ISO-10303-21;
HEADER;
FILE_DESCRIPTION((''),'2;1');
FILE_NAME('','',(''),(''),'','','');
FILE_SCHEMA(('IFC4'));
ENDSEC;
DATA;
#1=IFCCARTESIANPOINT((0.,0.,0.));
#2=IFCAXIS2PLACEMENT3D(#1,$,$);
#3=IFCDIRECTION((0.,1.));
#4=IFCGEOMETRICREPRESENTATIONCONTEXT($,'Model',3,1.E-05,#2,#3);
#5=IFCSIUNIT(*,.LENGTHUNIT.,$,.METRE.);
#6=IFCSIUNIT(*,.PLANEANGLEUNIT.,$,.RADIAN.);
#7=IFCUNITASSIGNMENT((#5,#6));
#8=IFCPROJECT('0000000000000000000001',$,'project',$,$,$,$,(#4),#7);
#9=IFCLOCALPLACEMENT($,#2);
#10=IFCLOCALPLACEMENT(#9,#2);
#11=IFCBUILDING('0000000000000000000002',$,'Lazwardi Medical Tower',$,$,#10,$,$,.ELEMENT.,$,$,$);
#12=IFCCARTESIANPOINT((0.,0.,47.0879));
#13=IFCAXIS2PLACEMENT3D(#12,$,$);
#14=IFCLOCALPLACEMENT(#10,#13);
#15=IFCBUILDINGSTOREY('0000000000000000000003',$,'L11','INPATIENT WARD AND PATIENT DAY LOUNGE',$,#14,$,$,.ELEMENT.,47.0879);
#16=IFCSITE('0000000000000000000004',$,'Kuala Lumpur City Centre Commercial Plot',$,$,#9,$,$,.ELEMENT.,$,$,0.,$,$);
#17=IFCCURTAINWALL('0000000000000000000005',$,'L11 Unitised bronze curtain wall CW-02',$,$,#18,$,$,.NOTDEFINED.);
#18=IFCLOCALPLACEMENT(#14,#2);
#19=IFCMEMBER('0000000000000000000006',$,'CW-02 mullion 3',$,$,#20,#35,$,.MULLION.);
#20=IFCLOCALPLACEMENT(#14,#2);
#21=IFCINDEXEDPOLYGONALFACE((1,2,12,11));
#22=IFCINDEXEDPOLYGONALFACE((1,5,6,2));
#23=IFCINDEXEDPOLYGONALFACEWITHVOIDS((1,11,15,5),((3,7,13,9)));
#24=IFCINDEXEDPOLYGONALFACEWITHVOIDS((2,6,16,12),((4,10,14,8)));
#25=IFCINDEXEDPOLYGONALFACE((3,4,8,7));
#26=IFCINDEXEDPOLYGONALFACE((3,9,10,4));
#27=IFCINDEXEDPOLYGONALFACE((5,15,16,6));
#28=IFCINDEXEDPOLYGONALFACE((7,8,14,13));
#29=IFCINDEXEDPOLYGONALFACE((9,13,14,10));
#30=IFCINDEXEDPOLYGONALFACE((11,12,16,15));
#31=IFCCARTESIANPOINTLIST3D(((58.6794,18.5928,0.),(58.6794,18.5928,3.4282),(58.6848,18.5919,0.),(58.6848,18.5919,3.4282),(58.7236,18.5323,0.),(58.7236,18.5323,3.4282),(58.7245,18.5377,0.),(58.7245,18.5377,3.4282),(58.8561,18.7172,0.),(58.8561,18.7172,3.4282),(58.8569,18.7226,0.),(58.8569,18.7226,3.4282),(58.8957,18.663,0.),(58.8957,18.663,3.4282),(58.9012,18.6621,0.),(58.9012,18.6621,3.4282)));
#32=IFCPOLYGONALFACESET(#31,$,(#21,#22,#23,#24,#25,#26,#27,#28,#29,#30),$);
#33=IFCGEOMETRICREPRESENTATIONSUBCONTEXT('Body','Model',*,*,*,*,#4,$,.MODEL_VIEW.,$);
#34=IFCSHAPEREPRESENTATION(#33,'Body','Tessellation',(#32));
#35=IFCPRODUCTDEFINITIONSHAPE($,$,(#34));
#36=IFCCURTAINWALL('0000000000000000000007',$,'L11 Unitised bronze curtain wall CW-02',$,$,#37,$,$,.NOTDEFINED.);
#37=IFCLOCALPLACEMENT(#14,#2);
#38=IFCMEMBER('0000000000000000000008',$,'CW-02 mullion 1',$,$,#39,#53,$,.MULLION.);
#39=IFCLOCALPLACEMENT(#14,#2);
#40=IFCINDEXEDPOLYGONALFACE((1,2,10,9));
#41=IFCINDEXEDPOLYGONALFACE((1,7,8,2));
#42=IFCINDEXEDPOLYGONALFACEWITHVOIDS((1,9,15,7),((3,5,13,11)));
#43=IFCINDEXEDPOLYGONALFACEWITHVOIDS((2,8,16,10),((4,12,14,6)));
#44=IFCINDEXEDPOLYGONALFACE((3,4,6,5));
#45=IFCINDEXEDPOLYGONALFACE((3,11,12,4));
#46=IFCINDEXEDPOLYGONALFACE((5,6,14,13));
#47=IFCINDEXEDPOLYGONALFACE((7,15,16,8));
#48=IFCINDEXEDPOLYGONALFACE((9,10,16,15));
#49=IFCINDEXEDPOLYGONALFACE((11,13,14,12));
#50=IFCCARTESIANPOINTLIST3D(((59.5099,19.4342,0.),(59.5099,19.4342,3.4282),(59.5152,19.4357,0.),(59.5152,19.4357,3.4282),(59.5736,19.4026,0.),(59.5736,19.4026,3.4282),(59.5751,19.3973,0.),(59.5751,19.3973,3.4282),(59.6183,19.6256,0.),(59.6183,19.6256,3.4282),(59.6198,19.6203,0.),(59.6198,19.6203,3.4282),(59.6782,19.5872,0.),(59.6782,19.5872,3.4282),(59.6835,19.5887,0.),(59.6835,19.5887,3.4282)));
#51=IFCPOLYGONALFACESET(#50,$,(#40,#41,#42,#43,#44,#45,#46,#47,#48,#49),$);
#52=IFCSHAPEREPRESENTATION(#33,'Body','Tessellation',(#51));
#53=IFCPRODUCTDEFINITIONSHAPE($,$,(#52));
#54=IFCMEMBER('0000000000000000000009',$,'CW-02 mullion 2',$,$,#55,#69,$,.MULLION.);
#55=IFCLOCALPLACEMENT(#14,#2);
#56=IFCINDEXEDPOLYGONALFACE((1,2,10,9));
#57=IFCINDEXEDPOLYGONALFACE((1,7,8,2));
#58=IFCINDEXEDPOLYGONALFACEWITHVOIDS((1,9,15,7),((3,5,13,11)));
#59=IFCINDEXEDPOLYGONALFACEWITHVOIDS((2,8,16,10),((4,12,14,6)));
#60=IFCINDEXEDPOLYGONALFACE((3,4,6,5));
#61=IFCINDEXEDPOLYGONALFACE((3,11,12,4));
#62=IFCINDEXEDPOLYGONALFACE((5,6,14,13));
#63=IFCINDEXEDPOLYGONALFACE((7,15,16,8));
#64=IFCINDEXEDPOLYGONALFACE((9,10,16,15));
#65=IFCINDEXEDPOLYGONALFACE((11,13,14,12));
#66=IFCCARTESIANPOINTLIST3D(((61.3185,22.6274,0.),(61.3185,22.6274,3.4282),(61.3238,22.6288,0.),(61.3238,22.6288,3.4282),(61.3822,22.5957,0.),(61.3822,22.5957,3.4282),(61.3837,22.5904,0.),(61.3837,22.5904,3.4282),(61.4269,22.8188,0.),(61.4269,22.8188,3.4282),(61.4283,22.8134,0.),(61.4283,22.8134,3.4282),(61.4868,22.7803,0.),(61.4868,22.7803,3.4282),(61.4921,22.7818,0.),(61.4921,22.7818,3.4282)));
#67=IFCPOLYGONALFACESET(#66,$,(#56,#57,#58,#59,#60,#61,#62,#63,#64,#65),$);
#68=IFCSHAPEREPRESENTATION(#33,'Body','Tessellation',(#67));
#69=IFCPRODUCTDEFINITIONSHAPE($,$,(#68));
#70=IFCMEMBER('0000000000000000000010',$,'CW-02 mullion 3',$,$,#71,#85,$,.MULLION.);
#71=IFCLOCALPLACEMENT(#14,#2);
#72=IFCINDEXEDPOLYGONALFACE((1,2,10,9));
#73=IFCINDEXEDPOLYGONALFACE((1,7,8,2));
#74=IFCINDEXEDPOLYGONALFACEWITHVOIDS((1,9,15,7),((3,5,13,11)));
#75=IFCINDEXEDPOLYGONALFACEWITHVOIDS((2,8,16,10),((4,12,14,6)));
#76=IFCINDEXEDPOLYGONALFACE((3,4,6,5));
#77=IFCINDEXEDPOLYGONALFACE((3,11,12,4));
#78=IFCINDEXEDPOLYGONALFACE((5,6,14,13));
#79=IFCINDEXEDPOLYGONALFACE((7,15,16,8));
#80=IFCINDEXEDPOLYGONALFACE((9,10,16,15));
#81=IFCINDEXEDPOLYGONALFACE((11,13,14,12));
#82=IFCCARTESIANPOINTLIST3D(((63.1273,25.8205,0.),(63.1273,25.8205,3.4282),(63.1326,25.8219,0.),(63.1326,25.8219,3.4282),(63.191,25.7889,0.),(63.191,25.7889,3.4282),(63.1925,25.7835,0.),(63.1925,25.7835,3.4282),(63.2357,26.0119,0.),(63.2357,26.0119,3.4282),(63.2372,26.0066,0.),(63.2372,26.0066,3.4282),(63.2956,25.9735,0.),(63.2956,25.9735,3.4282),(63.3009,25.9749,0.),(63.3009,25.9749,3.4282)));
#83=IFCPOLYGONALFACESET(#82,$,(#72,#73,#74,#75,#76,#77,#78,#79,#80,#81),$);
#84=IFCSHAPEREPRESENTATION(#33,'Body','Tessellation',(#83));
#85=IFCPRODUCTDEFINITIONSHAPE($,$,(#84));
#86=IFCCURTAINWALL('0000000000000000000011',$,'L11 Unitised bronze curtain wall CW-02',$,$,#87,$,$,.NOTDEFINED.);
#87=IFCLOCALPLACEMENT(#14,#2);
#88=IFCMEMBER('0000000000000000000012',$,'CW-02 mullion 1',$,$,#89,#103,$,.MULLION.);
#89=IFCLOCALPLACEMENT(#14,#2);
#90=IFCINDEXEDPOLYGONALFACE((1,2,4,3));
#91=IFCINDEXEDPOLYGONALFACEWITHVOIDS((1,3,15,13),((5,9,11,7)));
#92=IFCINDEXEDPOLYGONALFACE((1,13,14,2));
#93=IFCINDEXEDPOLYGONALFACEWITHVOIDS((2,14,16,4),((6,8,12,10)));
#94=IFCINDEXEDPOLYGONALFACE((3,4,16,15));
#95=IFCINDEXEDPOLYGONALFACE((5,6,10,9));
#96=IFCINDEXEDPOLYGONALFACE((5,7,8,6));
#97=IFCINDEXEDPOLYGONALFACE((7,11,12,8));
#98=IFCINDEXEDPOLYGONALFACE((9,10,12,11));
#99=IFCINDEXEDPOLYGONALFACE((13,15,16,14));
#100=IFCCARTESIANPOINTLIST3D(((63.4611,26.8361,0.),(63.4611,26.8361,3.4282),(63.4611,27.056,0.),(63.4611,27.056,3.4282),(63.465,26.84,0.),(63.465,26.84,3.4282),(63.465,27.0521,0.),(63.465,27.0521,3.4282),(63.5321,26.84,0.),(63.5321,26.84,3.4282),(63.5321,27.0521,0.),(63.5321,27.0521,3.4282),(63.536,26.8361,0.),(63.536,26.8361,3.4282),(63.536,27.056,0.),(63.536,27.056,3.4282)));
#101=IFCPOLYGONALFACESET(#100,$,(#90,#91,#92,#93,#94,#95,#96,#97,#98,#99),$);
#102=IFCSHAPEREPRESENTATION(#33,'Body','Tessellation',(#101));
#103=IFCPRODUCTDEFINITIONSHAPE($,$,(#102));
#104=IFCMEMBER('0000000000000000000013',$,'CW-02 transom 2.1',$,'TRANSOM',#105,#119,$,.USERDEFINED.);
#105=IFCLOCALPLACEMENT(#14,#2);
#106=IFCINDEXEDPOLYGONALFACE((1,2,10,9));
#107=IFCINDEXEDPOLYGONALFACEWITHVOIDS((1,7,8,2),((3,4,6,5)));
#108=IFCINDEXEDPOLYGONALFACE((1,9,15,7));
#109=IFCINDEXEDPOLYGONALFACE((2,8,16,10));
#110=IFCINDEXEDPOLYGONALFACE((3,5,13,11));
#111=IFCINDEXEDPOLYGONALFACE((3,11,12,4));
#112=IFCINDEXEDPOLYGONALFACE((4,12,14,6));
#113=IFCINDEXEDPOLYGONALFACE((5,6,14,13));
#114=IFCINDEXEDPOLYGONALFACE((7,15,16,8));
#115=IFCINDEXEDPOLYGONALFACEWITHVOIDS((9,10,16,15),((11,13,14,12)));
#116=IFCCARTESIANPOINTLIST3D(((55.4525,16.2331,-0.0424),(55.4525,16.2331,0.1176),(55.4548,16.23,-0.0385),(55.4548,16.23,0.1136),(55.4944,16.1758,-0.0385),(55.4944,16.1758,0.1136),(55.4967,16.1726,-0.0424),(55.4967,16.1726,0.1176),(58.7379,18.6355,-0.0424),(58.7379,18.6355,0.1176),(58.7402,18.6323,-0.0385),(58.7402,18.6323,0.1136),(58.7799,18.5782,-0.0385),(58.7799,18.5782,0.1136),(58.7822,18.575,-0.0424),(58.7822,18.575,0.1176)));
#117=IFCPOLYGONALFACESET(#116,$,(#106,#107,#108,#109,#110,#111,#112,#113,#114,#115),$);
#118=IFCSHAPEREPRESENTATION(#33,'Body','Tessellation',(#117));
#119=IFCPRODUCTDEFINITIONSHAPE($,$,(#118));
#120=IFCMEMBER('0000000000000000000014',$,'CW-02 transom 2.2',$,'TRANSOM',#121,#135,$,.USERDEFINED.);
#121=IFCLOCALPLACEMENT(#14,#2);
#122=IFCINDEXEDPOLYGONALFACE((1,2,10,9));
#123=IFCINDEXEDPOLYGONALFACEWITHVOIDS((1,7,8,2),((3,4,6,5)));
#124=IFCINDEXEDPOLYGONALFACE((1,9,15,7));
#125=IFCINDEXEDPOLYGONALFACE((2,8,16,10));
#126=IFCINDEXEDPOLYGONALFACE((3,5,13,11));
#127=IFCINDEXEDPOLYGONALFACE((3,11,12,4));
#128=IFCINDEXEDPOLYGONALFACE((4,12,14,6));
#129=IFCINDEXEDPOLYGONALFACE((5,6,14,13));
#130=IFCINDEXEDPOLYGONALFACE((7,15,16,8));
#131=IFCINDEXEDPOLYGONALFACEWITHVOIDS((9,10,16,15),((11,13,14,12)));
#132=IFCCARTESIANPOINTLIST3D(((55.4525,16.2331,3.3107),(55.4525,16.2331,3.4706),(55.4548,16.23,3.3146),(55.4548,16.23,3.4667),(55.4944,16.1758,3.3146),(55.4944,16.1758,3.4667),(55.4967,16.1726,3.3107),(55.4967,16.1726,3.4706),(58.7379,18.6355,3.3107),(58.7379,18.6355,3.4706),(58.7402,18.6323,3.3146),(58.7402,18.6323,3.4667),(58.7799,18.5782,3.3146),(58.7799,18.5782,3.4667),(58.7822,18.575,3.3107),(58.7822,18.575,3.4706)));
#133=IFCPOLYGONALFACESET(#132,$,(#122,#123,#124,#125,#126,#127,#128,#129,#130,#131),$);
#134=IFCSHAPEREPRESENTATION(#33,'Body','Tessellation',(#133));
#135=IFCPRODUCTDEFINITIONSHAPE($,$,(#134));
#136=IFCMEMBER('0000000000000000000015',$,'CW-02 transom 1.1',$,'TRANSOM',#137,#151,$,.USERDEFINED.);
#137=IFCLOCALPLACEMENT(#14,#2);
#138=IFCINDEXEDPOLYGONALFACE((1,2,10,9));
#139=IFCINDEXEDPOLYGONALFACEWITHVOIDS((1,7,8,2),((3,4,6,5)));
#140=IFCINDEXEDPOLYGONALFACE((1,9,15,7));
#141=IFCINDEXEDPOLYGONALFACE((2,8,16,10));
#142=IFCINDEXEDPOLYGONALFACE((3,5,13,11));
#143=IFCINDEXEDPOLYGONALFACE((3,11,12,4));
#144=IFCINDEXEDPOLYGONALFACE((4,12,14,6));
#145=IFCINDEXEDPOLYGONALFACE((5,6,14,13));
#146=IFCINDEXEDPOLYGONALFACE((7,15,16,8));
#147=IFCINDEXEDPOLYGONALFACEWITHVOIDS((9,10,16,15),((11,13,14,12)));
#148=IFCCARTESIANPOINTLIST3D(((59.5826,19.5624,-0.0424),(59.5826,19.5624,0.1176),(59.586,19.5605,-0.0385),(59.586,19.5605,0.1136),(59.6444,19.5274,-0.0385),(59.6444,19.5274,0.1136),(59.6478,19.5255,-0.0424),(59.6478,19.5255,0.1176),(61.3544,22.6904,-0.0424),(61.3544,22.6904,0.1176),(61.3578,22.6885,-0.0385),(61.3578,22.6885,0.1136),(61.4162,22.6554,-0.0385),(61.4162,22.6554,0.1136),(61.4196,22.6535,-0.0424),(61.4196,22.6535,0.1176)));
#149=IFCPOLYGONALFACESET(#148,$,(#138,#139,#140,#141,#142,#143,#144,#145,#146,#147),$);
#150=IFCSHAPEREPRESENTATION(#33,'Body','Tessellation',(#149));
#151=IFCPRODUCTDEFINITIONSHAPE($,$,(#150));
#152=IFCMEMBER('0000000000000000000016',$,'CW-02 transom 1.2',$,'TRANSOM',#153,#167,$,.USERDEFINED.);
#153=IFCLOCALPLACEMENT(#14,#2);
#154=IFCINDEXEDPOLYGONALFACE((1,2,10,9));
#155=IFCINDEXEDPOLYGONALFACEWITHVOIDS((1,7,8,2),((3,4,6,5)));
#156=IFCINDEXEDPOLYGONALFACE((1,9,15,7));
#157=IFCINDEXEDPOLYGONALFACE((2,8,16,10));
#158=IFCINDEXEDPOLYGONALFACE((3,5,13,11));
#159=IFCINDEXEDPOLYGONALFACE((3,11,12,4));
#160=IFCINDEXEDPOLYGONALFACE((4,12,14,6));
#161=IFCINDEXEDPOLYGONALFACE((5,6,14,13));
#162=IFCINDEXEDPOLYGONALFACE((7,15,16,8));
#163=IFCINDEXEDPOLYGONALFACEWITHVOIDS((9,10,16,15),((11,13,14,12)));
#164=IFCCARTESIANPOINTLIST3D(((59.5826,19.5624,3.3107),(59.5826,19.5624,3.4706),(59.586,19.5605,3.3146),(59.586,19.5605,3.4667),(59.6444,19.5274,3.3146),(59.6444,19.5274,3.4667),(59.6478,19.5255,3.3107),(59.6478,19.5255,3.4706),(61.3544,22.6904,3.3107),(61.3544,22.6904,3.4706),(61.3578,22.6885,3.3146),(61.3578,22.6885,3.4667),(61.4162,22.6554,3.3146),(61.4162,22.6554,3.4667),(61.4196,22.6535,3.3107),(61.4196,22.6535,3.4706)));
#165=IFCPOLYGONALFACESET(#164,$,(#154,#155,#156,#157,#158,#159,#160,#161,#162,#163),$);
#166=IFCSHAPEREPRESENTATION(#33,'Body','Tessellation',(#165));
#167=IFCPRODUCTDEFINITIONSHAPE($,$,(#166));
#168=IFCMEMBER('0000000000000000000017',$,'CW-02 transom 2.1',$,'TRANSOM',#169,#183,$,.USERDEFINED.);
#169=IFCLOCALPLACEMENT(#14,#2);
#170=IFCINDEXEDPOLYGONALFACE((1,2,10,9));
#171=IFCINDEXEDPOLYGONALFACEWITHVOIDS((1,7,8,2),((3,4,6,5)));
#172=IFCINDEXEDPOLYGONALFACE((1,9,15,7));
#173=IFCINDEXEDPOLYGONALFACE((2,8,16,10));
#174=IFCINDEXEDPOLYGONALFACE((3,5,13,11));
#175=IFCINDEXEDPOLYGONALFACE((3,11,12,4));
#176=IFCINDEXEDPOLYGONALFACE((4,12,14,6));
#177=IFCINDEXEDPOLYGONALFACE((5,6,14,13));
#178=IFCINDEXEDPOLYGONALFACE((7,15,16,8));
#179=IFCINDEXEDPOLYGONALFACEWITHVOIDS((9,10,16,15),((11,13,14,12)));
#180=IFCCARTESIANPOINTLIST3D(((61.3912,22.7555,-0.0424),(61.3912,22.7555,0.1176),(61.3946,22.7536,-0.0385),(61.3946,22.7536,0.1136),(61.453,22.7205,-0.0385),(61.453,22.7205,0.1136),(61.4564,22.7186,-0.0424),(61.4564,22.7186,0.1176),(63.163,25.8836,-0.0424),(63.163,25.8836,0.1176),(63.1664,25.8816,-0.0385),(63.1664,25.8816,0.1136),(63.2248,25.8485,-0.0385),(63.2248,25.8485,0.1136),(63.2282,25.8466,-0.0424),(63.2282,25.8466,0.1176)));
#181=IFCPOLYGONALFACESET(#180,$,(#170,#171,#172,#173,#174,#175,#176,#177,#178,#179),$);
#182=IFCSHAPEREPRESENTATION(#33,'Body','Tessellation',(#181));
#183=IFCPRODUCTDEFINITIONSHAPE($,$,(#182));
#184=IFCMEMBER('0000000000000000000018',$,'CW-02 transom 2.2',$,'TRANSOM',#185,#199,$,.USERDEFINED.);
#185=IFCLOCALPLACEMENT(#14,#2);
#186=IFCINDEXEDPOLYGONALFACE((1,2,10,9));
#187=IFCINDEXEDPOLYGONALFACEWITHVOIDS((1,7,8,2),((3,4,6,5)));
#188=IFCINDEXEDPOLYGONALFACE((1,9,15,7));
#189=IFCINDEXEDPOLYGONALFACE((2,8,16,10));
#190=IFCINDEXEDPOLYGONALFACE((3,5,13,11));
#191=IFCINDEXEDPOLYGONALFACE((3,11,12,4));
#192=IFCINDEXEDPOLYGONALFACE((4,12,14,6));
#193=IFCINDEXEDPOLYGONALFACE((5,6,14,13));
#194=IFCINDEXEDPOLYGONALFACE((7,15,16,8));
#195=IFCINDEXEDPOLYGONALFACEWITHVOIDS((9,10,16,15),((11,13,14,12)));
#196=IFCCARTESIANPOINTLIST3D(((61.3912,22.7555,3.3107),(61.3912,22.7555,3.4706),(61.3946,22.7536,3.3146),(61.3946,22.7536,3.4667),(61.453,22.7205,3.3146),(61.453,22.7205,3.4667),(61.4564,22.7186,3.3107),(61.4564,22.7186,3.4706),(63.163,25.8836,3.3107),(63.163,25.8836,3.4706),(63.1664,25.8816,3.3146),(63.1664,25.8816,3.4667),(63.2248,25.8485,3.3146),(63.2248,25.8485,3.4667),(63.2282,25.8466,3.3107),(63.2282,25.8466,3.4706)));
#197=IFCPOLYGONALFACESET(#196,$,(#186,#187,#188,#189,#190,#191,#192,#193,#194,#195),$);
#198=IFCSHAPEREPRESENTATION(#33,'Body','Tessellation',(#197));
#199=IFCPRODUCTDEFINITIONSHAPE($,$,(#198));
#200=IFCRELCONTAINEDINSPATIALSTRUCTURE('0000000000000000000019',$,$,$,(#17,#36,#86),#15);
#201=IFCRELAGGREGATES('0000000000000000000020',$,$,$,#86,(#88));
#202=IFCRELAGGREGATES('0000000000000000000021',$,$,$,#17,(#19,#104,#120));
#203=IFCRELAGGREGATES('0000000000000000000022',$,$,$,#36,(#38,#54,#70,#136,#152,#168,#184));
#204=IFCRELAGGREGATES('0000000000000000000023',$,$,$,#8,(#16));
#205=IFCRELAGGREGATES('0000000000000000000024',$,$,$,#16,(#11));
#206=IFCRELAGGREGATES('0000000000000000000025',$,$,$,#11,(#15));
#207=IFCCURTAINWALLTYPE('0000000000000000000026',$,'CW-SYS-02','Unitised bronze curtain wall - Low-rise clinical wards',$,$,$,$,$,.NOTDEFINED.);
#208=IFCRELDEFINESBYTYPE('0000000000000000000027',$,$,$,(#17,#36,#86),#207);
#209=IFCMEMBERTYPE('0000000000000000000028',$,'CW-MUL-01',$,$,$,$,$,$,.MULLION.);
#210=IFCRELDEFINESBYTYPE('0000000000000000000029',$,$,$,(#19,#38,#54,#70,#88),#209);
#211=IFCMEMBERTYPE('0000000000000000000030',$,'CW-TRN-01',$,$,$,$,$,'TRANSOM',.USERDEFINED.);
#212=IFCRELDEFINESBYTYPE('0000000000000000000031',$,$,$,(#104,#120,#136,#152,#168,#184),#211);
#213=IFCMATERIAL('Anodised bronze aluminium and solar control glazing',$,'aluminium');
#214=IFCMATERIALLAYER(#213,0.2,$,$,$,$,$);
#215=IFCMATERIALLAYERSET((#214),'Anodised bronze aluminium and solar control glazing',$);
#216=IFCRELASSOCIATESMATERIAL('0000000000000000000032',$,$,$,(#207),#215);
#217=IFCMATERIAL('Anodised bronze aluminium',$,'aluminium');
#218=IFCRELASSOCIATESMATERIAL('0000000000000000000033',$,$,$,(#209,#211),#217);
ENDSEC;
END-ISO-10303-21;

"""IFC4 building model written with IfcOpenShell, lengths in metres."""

from ifc_helpers import new_model, si_unit, direction, frame, origin, origin_2d, place, context, subcontext, project, spatial, hollow_rectangle, extrude, material, layer, layer_set, material_profile, profile_set, type_object, element, aggregate, save


model = new_model("IFC4")

# Units and contexts
model_context = context("Model", 3, precision=1e-05, world=origin(), true_north=direction((0.0, 1.0)))
body_context = subcontext(model_context, "Body", "Model", "MODEL_VIEW")
ifc_project = project(units=[si_unit("LENGTHUNIT", "METRE"), si_unit("PLANEANGLEUNIT", "RADIAN")], contexts=[model_context])

# Site, building, storey
site_placement = place(None, origin())
site = spatial("IfcSite", under=ifc_project, at=site_placement, Name="Kuala Lumpur City Centre Commercial Plot", CompositionType="ELEMENT", RefElevation=0.0)
building_placement = place(site_placement, origin())
building = spatial("IfcBuilding", under=site, at=building_placement, Name="Lazwardi Medical Tower", CompositionType="ELEMENT")
storey_placement = place(building_placement, frame((0.0, 0.0, 47.0879)))
storey = spatial("IfcBuildingStorey", under=building, at=storey_placement, Name="L11", Description="INPATIENT WARD AND PATIENT DAY LOUNGE", CompositionType="ELEMENT", Elevation=47.0879)

# Curtain wall, member
ifc_material_1 = material(Name="Anodised bronze aluminium and solar control glazing", Category="aluminium")
ifc_layer_1 = layer(ifc_material_1, 0.2)
ifc_layer_set_1 = layer_set([ifc_layer_1], Name="Anodised bronze aluminium and solar control glazing")
curtain_wall_type = type_object("IfcCurtainWallType", Name="CW-SYS-02", Description="Unitised bronze curtain wall - Low-rise clinical wards", PredefinedType="NOTDEFINED", material=ifc_layer_set_1)
curtain_wall_1_placement = place(storey_placement, origin())
curtain_wall_1 = element("IfcCurtainWall", 1, at=curtain_wall_1_placement, inside=storey, type_object=curtain_wall_type, Name="L11 Unitised bronze curtain wall CW-02", PredefinedType="NOTDEFINED")
ifc_material_2 = material(Name="Anodised bronze aluminium", Category="aluminium")
ifc_material_profile_1 = material_profile(ifc_material_2, hollow_rectangle(XDim=0.075, YDim=0.22, WallThickness=0.0039, at=origin_2d()), Name="ALU-MULLION 220x75x4")
ifc_profile_set_1 = profile_set([ifc_material_profile_1], Name="Anodised bronze aluminium")
member_type_1 = type_object("IfcMemberType", Name="CW-MUL-01", PredefinedType="MULLION", material=ifc_profile_set_1)
member_1_placement = place(storey_placement, frame((58.7903, 18.6274, 0.0), z_axis=(0.0, 0.0, 1.0), x_axis=(-0.590289, 0.807192, 0.0)))
member_1 = element("IfcMember", 2, at=member_1_placement, type_object=member_type_1, Name="CW-02 mullion 3", PredefinedType="MULLION", context=body_context, shape_type="SweptSolid", body=[
    extrude(hollow_rectangle(XDim=0.075, YDim=0.22, WallThickness=0.0039, at=origin_2d()), origin(), (0.0, 0.0, 1.0), 3.4282),
])

# Curtain wall, members
curtain_wall_2_placement = place(storey_placement, origin())
curtain_wall_2 = element("IfcCurtainWall", 3, at=curtain_wall_2_placement, inside=storey, type_object=curtain_wall_type, Name="L11 Unitised bronze curtain wall CW-02", PredefinedType="NOTDEFINED")
member_2_placement = place(storey_placement, frame((59.5967, 19.5115, 0.0), z_axis=(0.0, 0.0, 1.0), x_axis=(-0.870112, 0.492854, 0.0)))
member_2 = element("IfcMember", 4, at=member_2_placement, type_object=member_type_1, Name="CW-02 mullion 1", PredefinedType="MULLION", context=body_context, shape_type="SweptSolid", body=[
    extrude(hollow_rectangle(XDim=0.075, YDim=0.22, WallThickness=0.0039, at=origin_2d()), origin(), (0.0, 0.0, 1.0), 3.4282),
])
member_3_placement = place(storey_placement, frame((61.4053, 22.7046, 0.0), z_axis=(0.0, 0.0, 1.0), x_axis=(-0.870112, 0.492854, 0.0)))
member_3 = element("IfcMember", 5, at=member_3_placement, type_object=member_type_1, Name="CW-02 mullion 2", PredefinedType="MULLION", context=body_context, shape_type="SweptSolid", body=[
    extrude(hollow_rectangle(XDim=0.075, YDim=0.22, WallThickness=0.0039, at=origin_2d()), origin(), (0.0, 0.0, 1.0), 3.4282),
])
member_4_placement = place(storey_placement, frame((63.2141, 25.8977, 0.0), z_axis=(0.0, 0.0, 1.0), x_axis=(-0.870112, 0.492854, 0.0)))
member_4 = element("IfcMember", 6, at=member_4_placement, type_object=member_type_1, Name="CW-02 mullion 3", PredefinedType="MULLION", context=body_context, shape_type="SweptSolid", body=[
    extrude(hollow_rectangle(XDim=0.075, YDim=0.22, WallThickness=0.0039, at=origin_2d()), origin(), (0.0, 0.0, 1.0), 3.4282),
])

# Curtain wall, member
curtain_wall_3_placement = place(storey_placement, origin())
curtain_wall_3 = element("IfcCurtainWall", 7, at=curtain_wall_3_placement, inside=storey, type_object=curtain_wall_type, Name="L11 Unitised bronze curtain wall CW-02", PredefinedType="NOTDEFINED")
member_5_placement = place(storey_placement, frame((63.4985, 26.946, 0.0), z_axis=(0.0, 0.0, 1.0), x_axis=(-1.0, 0.0, 0.0)))
member_5 = element("IfcMember", 8, at=member_5_placement, type_object=member_type_1, Name="CW-02 mullion 1", PredefinedType="MULLION", context=body_context, shape_type="SweptSolid", body=[
    extrude(hollow_rectangle(XDim=0.075, YDim=0.22, WallThickness=0.0039, at=origin_2d()), origin(), (0.0, 0.0, 1.0), 3.4282),
])

# Members
ifc_material_profile_2 = material_profile(ifc_material_2, hollow_rectangle(XDim=0.075, YDim=0.1599, WallThickness=0.0039, at=origin_2d()), Name="ALU-TRANSOM 160x75x4")
ifc_profile_set_2 = profile_set([ifc_material_profile_2], Name="Anodised bronze aluminium")
member_type_2 = type_object("IfcMemberType", Name="CW-TRN-01", ElementType="TRANSOM", PredefinedType="USERDEFINED", material=ifc_profile_set_2)
member_6_placement = place(storey_placement, frame((55.4746, 16.2029, 0.0376), z_axis=(0.807219, 0.590253, 0.0), x_axis=(-0.590253, 0.807219, 0.0)))
member_6 = element("IfcMember", 9, at=member_6_placement, type_object=member_type_2, Name="CW-02 transom 2.1", ObjectType="TRANSOM", PredefinedType="USERDEFINED", context=body_context, shape_type="SweptSolid", body=[
    extrude(hollow_rectangle(XDim=0.075, YDim=0.1599, WallThickness=0.0039, at=origin_2d()), origin(), (0.0, 0.0, 1.0), 4.0701),
])
member_7_placement = place(storey_placement, frame((55.4746, 16.2029, 3.3906), z_axis=(0.807219, 0.590253, 0.0), x_axis=(-0.590253, 0.807219, 0.0)))
member_7 = element("IfcMember", 10, at=member_7_placement, type_object=member_type_2, Name="CW-02 transom 2.2", ObjectType="TRANSOM", PredefinedType="USERDEFINED", context=body_context, shape_type="SweptSolid", body=[
    extrude(hollow_rectangle(XDim=0.075, YDim=0.1599, WallThickness=0.0039, at=origin_2d()), origin(), (0.0, 0.0, 1.0), 4.0701),
])
member_8_placement = place(storey_placement, frame((59.6152, 19.5439, 0.0376), z_axis=(0.492851, 0.870113, 0.0), x_axis=(-0.870113, 0.492851, 0.0)))
member_8 = element("IfcMember", 11, at=member_8_placement, type_object=member_type_2, Name="CW-02 transom 1.1", ObjectType="TRANSOM", PredefinedType="USERDEFINED", context=body_context, shape_type="SweptSolid", body=[
    extrude(hollow_rectangle(XDim=0.075, YDim=0.1599, WallThickness=0.0039, at=origin_2d()), origin(), (0.0, 0.0, 1.0), 3.595),
])
member_9_placement = place(storey_placement, frame((59.6152, 19.5439, 3.3906), z_axis=(0.492851, 0.870113, 0.0), x_axis=(-0.870113, 0.492851, 0.0)))
member_9 = element("IfcMember", 12, at=member_9_placement, type_object=member_type_2, Name="CW-02 transom 1.2", ObjectType="TRANSOM", PredefinedType="USERDEFINED", context=body_context, shape_type="SweptSolid", body=[
    extrude(hollow_rectangle(XDim=0.075, YDim=0.1599, WallThickness=0.0039, at=origin_2d()), origin(), (0.0, 0.0, 1.0), 3.595),
])
member_10_placement = place(storey_placement, frame((61.4238, 22.7371, 0.0376), z_axis=(0.492851, 0.870113, 0.0), x_axis=(-0.870113, 0.492851, 0.0)))
member_10 = element("IfcMember", 13, at=member_10_placement, type_object=member_type_2, Name="CW-02 transom 2.1", ObjectType="TRANSOM", PredefinedType="USERDEFINED", context=body_context, shape_type="SweptSolid", body=[
    extrude(hollow_rectangle(XDim=0.075, YDim=0.1599, WallThickness=0.0039, at=origin_2d()), origin(), (0.0, 0.0, 1.0), 3.595),
])
member_11_placement = place(storey_placement, frame((61.4238, 22.7371, 3.3906), z_axis=(0.492851, 0.870113, 0.0), x_axis=(-0.870113, 0.492851, 0.0)))
member_11 = element("IfcMember", 14, at=member_11_placement, type_object=member_type_2, Name="CW-02 transom 2.2", ObjectType="TRANSOM", PredefinedType="USERDEFINED", context=body_context, shape_type="SweptSolid", body=[
    extrude(hollow_rectangle(XDim=0.075, YDim=0.1599, WallThickness=0.0039, at=origin_2d()), origin(), (0.0, 0.0, 1.0), 3.595),
])
aggregate(curtain_wall_3, [member_5])

aggregate(curtain_wall_1, [member_1, member_6, member_7])
aggregate(curtain_wall_2, [member_2, member_3, member_4, member_8, member_9, member_10, member_11])

save(model, "model.ifc")
